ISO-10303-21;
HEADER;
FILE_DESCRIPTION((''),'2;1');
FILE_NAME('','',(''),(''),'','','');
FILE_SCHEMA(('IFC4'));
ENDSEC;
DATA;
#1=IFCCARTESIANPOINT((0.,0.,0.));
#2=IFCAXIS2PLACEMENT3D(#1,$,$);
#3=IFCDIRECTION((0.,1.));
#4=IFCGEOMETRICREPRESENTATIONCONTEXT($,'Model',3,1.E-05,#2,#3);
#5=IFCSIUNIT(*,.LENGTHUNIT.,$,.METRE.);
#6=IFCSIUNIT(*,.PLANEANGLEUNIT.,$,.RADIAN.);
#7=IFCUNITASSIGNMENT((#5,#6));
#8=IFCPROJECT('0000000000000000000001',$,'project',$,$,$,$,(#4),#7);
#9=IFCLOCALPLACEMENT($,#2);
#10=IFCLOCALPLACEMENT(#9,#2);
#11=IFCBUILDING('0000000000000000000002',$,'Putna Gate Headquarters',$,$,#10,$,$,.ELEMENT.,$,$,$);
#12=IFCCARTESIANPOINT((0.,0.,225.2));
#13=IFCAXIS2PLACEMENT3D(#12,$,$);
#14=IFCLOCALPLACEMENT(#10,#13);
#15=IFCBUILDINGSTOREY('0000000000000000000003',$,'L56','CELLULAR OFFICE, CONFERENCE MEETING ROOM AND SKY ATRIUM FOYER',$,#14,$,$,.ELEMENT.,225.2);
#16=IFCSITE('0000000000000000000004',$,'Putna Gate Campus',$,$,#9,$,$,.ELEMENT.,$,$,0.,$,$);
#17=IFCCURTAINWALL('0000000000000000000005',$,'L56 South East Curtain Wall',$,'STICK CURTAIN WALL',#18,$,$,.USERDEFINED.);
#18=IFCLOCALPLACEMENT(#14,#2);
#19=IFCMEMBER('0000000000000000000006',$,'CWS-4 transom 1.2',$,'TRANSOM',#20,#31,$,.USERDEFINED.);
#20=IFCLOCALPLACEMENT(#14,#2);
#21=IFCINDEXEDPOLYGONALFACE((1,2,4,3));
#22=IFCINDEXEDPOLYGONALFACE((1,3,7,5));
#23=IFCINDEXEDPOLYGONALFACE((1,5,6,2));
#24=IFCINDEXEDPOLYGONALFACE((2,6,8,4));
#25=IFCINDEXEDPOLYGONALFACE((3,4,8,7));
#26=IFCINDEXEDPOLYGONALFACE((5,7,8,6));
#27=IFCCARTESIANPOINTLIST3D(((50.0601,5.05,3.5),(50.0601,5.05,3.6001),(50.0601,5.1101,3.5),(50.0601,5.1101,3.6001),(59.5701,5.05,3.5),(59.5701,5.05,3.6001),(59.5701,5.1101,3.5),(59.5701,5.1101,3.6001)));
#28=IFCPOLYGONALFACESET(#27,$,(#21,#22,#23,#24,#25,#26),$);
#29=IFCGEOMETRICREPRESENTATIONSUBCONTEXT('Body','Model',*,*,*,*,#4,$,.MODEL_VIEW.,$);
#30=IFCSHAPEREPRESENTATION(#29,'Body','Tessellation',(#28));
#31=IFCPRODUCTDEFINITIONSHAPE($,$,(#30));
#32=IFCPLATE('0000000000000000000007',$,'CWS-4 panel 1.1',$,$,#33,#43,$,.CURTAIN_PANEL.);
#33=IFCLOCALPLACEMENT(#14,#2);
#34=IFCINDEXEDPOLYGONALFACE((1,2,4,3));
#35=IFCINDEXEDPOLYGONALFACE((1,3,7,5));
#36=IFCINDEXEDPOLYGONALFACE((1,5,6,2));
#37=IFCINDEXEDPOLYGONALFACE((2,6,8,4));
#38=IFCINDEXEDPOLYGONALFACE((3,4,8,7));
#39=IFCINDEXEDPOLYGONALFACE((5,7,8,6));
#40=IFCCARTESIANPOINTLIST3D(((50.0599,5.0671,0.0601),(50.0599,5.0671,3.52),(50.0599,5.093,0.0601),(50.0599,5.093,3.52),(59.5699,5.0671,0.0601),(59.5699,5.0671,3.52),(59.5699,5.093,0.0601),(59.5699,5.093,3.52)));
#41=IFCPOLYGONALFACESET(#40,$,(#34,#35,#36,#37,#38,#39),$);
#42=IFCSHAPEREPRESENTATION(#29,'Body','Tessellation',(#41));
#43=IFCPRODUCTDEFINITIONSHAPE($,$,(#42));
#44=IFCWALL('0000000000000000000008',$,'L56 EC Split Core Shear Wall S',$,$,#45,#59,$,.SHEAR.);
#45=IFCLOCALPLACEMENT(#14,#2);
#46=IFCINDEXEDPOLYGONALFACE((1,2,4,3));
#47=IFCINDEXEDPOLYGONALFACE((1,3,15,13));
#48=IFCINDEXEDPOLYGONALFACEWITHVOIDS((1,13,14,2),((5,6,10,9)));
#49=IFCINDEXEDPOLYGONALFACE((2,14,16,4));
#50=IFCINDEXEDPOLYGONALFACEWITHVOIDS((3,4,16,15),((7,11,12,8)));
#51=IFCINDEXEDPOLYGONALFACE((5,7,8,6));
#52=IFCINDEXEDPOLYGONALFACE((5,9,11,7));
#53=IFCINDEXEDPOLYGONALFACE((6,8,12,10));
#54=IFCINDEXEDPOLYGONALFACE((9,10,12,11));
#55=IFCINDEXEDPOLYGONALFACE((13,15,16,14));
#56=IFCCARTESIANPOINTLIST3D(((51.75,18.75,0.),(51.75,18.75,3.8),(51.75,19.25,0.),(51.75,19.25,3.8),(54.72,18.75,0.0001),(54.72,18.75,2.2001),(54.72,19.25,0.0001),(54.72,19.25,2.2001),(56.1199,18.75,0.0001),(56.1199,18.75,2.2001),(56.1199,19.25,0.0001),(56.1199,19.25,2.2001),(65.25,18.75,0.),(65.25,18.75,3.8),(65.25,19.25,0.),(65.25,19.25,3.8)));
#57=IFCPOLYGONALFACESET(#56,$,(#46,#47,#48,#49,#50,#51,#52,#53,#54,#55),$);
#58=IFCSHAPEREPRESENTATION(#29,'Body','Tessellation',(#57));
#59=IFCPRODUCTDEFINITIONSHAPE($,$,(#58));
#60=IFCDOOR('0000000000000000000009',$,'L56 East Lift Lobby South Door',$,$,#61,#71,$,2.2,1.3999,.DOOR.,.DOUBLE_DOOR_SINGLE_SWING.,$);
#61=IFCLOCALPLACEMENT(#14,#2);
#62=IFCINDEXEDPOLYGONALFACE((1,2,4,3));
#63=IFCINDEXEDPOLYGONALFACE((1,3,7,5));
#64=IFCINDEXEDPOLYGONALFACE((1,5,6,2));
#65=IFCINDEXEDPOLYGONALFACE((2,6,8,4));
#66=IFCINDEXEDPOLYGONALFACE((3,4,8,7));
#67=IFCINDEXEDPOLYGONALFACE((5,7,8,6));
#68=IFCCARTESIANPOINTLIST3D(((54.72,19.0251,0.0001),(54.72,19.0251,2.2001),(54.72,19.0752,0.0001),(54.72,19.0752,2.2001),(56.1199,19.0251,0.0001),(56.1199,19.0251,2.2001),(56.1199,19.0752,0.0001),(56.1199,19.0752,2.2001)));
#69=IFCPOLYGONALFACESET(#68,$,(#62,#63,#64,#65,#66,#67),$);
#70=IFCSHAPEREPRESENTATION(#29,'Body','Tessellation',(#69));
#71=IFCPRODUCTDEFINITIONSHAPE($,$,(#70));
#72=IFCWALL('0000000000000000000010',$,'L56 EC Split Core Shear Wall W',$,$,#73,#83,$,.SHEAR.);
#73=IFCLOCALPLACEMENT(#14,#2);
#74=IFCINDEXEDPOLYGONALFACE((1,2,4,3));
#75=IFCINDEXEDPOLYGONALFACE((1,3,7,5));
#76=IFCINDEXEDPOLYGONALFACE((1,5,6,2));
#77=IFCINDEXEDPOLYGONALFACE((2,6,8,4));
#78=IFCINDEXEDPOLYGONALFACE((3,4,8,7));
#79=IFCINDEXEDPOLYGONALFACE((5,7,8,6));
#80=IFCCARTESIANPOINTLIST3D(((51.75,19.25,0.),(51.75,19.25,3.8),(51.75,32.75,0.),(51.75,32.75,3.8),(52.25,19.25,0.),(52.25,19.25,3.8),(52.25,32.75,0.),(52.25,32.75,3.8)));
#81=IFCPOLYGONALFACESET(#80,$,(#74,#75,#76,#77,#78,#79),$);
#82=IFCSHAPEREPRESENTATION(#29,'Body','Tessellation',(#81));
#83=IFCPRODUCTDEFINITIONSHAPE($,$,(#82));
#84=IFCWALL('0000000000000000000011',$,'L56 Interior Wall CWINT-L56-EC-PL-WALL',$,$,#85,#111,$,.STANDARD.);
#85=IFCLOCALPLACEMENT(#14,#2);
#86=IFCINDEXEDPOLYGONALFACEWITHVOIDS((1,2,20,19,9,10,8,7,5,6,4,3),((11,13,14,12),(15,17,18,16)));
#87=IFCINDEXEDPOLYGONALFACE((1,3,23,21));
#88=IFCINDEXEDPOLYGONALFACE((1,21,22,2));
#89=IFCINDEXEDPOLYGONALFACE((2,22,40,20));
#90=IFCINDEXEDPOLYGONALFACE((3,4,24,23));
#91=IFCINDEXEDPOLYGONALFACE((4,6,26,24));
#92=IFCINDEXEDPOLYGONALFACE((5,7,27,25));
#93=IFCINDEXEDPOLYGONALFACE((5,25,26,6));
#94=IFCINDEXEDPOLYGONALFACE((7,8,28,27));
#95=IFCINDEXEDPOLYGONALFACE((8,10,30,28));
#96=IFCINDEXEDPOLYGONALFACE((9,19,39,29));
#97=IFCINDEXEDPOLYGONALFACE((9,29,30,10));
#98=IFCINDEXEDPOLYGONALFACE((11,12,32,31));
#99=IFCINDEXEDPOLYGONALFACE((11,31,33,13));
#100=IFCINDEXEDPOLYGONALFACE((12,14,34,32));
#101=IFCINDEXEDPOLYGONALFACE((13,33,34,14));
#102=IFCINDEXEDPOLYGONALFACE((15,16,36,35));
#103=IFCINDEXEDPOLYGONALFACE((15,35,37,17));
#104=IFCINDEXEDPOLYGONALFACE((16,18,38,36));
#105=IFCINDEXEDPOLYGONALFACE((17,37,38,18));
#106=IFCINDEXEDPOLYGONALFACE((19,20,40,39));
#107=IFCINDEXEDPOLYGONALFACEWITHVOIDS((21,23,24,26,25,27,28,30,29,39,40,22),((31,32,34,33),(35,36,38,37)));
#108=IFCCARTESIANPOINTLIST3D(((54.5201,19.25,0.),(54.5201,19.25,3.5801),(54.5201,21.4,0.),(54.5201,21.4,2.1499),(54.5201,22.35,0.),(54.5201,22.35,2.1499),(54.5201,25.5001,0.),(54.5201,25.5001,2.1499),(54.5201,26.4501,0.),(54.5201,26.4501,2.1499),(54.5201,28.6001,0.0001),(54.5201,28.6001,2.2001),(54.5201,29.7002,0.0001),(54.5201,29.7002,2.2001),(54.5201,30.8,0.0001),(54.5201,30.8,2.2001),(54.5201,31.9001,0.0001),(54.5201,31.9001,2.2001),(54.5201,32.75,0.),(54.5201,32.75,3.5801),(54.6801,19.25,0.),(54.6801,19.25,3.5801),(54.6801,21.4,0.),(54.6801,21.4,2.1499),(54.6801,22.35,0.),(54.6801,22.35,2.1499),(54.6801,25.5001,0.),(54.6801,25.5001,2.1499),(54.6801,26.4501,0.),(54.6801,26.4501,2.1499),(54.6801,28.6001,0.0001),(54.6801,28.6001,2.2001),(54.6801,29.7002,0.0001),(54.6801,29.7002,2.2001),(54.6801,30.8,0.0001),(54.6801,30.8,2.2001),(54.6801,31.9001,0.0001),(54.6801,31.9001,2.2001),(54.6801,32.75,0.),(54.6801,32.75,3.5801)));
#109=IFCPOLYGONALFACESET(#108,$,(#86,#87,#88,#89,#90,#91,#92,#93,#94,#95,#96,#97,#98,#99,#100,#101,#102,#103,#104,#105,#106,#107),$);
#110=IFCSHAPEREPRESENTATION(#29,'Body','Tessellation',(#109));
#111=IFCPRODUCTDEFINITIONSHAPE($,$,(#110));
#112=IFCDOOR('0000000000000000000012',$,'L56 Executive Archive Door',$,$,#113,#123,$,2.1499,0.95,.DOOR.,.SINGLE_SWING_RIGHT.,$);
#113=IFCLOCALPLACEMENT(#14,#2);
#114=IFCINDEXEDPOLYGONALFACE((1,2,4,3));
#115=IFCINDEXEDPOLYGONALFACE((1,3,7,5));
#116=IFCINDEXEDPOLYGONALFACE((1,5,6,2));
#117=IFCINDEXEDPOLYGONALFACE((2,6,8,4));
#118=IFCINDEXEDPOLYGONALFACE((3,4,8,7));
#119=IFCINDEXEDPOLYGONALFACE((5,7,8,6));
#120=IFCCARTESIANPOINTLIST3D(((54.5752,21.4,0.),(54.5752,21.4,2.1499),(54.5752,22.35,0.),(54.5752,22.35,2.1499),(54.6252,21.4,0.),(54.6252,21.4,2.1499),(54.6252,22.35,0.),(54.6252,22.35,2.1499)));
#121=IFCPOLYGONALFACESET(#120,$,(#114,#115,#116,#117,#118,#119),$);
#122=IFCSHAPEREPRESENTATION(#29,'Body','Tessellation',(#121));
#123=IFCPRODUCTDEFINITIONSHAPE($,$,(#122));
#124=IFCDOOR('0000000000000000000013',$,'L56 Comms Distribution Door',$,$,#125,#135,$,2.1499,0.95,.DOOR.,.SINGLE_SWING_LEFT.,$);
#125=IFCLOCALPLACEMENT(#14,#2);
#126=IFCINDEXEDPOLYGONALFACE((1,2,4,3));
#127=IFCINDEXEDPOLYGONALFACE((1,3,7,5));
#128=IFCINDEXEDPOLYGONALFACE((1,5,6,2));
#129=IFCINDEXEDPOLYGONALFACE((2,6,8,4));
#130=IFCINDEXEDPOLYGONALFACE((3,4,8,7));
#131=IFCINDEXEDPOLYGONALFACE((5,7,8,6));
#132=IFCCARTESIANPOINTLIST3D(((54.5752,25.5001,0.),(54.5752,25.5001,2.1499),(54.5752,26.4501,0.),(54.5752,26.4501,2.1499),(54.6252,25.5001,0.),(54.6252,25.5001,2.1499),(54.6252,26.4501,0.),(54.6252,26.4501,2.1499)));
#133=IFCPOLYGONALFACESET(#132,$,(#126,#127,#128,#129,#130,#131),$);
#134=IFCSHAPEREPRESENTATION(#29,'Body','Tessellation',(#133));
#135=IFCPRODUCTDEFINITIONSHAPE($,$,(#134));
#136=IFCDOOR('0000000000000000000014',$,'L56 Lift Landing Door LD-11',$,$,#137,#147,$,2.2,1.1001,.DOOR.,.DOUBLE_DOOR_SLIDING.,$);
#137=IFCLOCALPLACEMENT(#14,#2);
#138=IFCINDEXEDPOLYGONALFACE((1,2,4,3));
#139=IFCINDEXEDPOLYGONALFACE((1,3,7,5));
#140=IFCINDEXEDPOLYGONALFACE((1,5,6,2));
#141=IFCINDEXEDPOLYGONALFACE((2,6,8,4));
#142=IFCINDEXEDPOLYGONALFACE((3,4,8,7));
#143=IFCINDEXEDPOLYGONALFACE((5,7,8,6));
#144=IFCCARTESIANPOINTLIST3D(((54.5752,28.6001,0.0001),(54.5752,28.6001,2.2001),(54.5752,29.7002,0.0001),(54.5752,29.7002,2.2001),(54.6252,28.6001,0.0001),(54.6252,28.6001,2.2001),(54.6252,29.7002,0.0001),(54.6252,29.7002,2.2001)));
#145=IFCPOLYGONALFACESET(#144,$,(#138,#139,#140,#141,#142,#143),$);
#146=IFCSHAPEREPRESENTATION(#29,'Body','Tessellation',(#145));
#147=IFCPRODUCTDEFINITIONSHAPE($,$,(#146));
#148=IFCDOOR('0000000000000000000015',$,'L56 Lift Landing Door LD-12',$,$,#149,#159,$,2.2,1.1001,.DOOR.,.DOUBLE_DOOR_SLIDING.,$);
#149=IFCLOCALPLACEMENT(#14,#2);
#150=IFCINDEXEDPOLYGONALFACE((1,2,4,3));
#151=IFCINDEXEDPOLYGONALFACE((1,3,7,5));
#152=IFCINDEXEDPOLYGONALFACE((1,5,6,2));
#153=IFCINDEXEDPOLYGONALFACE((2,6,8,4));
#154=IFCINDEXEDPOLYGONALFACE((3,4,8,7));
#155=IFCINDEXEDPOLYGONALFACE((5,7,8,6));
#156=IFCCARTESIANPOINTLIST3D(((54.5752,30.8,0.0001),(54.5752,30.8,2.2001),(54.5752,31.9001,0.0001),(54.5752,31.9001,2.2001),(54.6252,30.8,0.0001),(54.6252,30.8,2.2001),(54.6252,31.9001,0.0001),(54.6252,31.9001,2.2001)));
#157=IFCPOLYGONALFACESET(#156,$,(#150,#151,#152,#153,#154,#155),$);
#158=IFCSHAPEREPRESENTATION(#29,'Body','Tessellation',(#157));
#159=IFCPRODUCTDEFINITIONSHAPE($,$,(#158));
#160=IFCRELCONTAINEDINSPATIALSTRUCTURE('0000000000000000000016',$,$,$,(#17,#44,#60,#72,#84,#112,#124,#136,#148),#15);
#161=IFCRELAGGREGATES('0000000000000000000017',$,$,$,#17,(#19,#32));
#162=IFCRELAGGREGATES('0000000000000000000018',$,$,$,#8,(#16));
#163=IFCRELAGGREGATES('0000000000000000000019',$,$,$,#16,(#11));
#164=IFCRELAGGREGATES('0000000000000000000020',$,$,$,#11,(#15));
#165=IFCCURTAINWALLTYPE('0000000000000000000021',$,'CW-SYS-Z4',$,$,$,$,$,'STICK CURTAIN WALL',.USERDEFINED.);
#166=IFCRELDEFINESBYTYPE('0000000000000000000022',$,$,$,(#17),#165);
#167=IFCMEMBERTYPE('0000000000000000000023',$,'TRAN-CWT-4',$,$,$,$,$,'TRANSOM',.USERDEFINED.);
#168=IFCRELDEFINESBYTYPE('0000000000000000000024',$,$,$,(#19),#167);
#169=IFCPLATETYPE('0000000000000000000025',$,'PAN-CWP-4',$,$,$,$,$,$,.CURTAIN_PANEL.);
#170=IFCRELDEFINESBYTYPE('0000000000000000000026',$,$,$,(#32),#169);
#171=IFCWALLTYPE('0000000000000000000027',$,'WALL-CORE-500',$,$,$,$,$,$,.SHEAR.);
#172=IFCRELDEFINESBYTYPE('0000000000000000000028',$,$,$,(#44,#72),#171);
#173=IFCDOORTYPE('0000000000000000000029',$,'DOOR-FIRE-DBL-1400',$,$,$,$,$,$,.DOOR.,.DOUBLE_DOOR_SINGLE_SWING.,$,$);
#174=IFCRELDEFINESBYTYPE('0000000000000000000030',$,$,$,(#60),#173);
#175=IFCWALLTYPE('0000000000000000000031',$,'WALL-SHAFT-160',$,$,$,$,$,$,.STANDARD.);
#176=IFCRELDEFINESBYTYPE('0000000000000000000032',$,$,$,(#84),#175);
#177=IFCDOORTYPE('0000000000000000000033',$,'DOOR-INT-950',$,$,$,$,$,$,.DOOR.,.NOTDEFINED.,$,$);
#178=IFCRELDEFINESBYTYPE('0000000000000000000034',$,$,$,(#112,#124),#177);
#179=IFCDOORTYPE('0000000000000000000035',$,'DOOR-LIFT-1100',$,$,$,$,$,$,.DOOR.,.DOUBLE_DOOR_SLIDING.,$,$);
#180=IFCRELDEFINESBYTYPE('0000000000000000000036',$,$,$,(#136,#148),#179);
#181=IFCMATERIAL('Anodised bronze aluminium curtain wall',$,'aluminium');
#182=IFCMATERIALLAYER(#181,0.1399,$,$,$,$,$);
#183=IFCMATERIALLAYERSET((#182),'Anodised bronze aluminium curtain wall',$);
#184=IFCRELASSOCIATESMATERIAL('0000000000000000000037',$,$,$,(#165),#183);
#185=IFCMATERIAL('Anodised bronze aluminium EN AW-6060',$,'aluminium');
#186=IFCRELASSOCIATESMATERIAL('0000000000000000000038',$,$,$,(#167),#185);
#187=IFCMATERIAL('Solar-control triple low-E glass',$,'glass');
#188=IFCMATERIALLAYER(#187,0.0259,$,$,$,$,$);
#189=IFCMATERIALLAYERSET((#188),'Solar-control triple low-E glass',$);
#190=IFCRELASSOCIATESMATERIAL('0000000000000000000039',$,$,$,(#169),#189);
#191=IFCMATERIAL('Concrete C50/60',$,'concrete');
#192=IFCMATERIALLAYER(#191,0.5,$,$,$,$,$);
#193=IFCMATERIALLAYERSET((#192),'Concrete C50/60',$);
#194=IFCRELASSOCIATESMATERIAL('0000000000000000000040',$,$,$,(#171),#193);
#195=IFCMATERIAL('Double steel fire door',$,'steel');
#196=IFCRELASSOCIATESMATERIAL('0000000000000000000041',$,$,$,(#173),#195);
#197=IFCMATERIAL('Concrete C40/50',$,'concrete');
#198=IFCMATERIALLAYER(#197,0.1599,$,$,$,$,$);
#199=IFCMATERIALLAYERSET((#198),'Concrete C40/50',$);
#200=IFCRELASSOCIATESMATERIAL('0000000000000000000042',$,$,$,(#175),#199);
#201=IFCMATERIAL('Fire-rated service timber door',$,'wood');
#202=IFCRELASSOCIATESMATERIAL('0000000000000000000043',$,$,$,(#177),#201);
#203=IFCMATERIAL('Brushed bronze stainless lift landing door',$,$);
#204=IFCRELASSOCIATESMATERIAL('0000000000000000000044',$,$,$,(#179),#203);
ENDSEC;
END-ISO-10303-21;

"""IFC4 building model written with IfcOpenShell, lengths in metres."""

from ifc_helpers import new_model, si_unit, direction, frame, frame_2d, origin, origin_2d, place, context, subcontext, project, spatial, rectangle, extrude, material, layer, layer_set, material_profile, profile_set, type_object, element, fill, aggregate, save


model = new_model("IFC4")

# Units and contexts
model_context = context("Model", 3, precision=1e-05, world=origin(), true_north=direction((0.0, 1.0)))
body_context = subcontext(model_context, "Body", "Model", "MODEL_VIEW")
ifc_project = project(units=[si_unit("LENGTHUNIT", "METRE"), si_unit("PLANEANGLEUNIT", "RADIAN")], contexts=[model_context])

# Site, building, storey
site_placement = place(None, origin())
site = spatial("IfcSite", under=ifc_project, at=site_placement, Name="Putna Gate Campus", CompositionType="ELEMENT", RefElevation=0.0)
building_placement = place(site_placement, origin())
building = spatial("IfcBuilding", under=site, at=building_placement, Name="Putna Gate Headquarters", CompositionType="ELEMENT")
storey_placement = place(building_placement, frame((0.0, 0.0, 225.2)))
storey = spatial("IfcBuildingStorey", under=building, at=storey_placement, Name="L56", Description="CELLULAR OFFICE, CONFERENCE MEETING ROOM AND SKY ATRIUM FOYER", CompositionType="ELEMENT", Elevation=225.2)

# Curtain wall
ifc_material_1 = material(Name="Anodised bronze aluminium curtain wall", Category="aluminium")
ifc_layer_1 = layer(ifc_material_1, 0.1399)
ifc_layer_set_1 = layer_set([ifc_layer_1], Name="Anodised bronze aluminium curtain wall")
curtain_wall_type_1 = type_object("IfcCurtainWallType", Name="CW-SYS-Z4", ElementType="STICK CURTAIN WALL", PredefinedType="USERDEFINED", material=ifc_layer_set_1)
curtain_wall_1_placement = place(storey_placement, origin())
curtain_wall_1 = element("IfcCurtainWall", 1, at=curtain_wall_1_placement, inside=storey, type_object=curtain_wall_type_1, Name="L56 South East Curtain Wall", ObjectType="STICK CURTAIN WALL", PredefinedType="USERDEFINED")
ifc_material_2 = material(Name="Anodised bronze aluminium EN AW-6060", Category="aluminium")

# Member
ifc_material_profile_1 = material_profile(ifc_material_2, rectangle(XDim=0.0601, YDim=0.1001, at=origin_2d()), Name="Anodised bronze aluminium EN AW-6060")
ifc_profile_set_1 = profile_set([ifc_material_profile_1], Name="Anodised bronze aluminium EN AW-6060")
member_type_1 = type_object("IfcMemberType", Name="TRAN-CWT-4", ElementType="TRANSOM", PredefinedType="USERDEFINED", material=ifc_profile_set_1)
member_1_placement = place(storey_placement, frame((50.0601, 5.0801, 3.55), z_axis=(1.0, 0.0, 0.0), x_axis=(0.0, 1.0, 0.0)))
member_1 = element("IfcMember", 2, at=member_1_placement, type_object=member_type_1, Name="CWS-4 transom 1.2", ObjectType="TRANSOM", PredefinedType="USERDEFINED", context=body_context, shape_type="SweptSolid", body=[
    extrude(rectangle(XDim=0.0601, YDim=0.1001, at=origin_2d()), origin(), (0.0, 0.0, 1.0), 9.51),
])

# Plate
ifc_material_3 = material(Name="Solar-control triple low-E glass", Category="glass")
ifc_layer_2 = layer(ifc_material_3, 0.0259)
ifc_layer_set_2 = layer_set([ifc_layer_2], Name="Solar-control triple low-E glass")
plate_type = type_object("IfcPlateType", Name="PAN-CWP-4", PredefinedType="CURTAIN_PANEL", material=ifc_layer_set_2)
plate_placement = place(storey_placement, frame((54.8149, 5.0801, 0.0601), z_axis=(0.0, 0.0, 1.0), x_axis=(1.0, 0.0, 0.0)))
plate = element("IfcPlate", 3, at=plate_placement, type_object=plate_type, Name="CWS-4 panel 1.1", PredefinedType="CURTAIN_PANEL", context=body_context, shape_type="SweptSolid", body=[
    extrude(rectangle(XDim=9.51, YDim=0.0259, at=origin_2d()), origin(), (0.0, 0.0, 1.0), 3.46),
])
aggregate(curtain_wall_1, [member_1, plate])

# Wall, opening, door
ifc_material_4 = material(Name="Concrete C50/60", Category="concrete")
ifc_layer_3 = layer(ifc_material_4, 0.5)
ifc_layer_set_3 = layer_set([ifc_layer_3], Name="Concrete C50/60")
wall_type_1 = type_object("IfcWallType", Name="WALL-CORE-500", PredefinedType="SHEAR", material=ifc_layer_set_3)
wall_1_placement = place(storey_placement, frame((51.75, 19.0, 0.0), z_axis=(0.0, 0.0, 1.0), x_axis=(1.0, 0.0, 0.0)))
wall_1 = element("IfcWall", 4, at=wall_1_placement, inside=storey, type_object=wall_type_1, Name="L56 EC Split Core Shear Wall S", PredefinedType="SHEAR", context=body_context, shape_type="SweptSolid", body=[
    extrude(rectangle(XDim=13.5, YDim=0.5, at=frame_2d((6.75, 0.0))), origin(), (0.0, 0.0, 1.0), 3.8),
])
opening_1_placement = place(wall_1_placement, frame((2.97, 0.0, 0.0)))
opening_1 = element("IfcOpeningElement", 5, at=opening_1_placement, cuts=wall_1, PredefinedType="OPENING", context=body_context, shape_type="SweptSolid", body=[
    extrude(rectangle(XDim=1.3999, YDim=2.2, at=frame_2d((0.7, 1.1001))), frame((0.0, 0.26, 0.0), z_axis=(0.0, -1.0, 0.0), x_axis=(1.0, 0.0, 0.0)), (0.0, 0.0, 1.0), 0.52),
])
ifc_material_5 = material(Name="Double steel fire door", Category="steel")
door_type_1 = type_object("IfcDoorType", Name="DOOR-FIRE-DBL-1400", OperationType="DOUBLE_DOOR_SINGLE_SWING", PredefinedType="DOOR", material=ifc_material_5)
door_1_placement = place(opening_1_placement, origin())
door_1 = element("IfcDoor", 6, at=door_1_placement, inside=storey, type_object=door_type_1, Name="L56 East Lift Lobby South Door", OperationType="DOUBLE_DOOR_SINGLE_SWING", OverallHeight=2.2, OverallWidth=1.3999, PredefinedType="DOOR", context=body_context, shape_type="SweptSolid", body=[
    extrude(rectangle(XDim=1.3999, YDim=2.2, at=frame_2d((0.7, 1.1001))), frame((0.0, 0.0752, 0.0), z_axis=(0.0, -1.0, 0.0), x_axis=(1.0, 0.0, 0.0)), (0.0, 0.0, 1.0), 0.05),
])
fill(opening_1, door_1)

# Wall
wall_2_placement = place(storey_placement, frame((52.0, 19.25, 0.0), z_axis=(0.0, 0.0, 1.0), x_axis=(0.0, 1.0, 0.0)))
element("IfcWall", 7, at=wall_2_placement, inside=storey, type_object=wall_type_1, Name="L56 EC Split Core Shear Wall W", PredefinedType="SHEAR", context=body_context, shape_type="SweptSolid", body=[
    extrude(rectangle(XDim=13.5, YDim=0.5, at=frame_2d((6.75, 0.0))), origin(), (0.0, 0.0, 1.0), 3.8),
])

# Wall, openings, doors
ifc_material_6 = material(Name="Concrete C40/50", Category="concrete")
ifc_layer_4 = layer(ifc_material_6, 0.1599)
ifc_layer_set_4 = layer_set([ifc_layer_4], Name="Concrete C40/50")
wall_type_2 = type_object("IfcWallType", Name="WALL-SHAFT-160", PredefinedType="STANDARD", material=ifc_layer_set_4)
wall_3_placement = place(storey_placement, frame((54.6001, 19.25, 0.0), z_axis=(0.0, 0.0, 1.0), x_axis=(0.0, 1.0, 0.0)))
wall_3 = element("IfcWall", 8, at=wall_3_placement, inside=storey, type_object=wall_type_2, Name="L56 Interior Wall CWINT-L56-EC-PL-WALL", PredefinedType="STANDARD", context=body_context, shape_type="SweptSolid", body=[
    extrude(rectangle(XDim=13.5, YDim=0.1599, at=frame_2d((6.75, 0.0))), origin(), (0.0, 0.0, 1.0), 3.5801),
])
opening_2_placement = place(wall_3_placement, frame((2.1499, 0.0, 0.0)))
opening_2 = element("IfcOpeningElement", 9, at=opening_2_placement, cuts=wall_3, PredefinedType="OPENING", context=body_context, shape_type="SweptSolid", body=[
    extrude(rectangle(XDim=0.95, YDim=2.1499, at=frame_2d((0.4751, 1.075))), frame((0.0, 0.0898, 0.0), z_axis=(0.0, -1.0, 0.0), x_axis=(1.0, 0.0, 0.0)), (0.0, 0.0, 1.0), 0.1799),
])
opening_3_placement = place(wall_3_placement, frame((6.25, 0.0, 0.0)))
opening_3 = element("IfcOpeningElement", 10, at=opening_3_placement, cuts=wall_3, PredefinedType="OPENING", context=body_context, shape_type="SweptSolid", body=[
    extrude(rectangle(XDim=0.95, YDim=2.1499, at=frame_2d((0.4751, 1.075))), frame((0.0, 0.0898, 0.0), z_axis=(0.0, -1.0, 0.0), x_axis=(1.0, 0.0, 0.0)), (0.0, 0.0, 1.0), 0.1799),
])
opening_4_placement = place(wall_3_placement, frame((9.3501, 0.0, 0.0)))
opening_4 = element("IfcOpeningElement", 11, at=opening_4_placement, cuts=wall_3, PredefinedType="OPENING", context=body_context, shape_type="SweptSolid", body=[
    extrude(rectangle(XDim=1.1001, YDim=2.2, at=frame_2d((0.55, 1.1001))), frame((0.0, 0.0898, 0.0), z_axis=(0.0, -1.0, 0.0), x_axis=(1.0, 0.0, 0.0)), (0.0, 0.0, 1.0), 0.1799),
])
opening_5_placement = place(wall_3_placement, frame((11.55, 0.0, 0.0)))
opening_5 = element("IfcOpeningElement", 12, at=opening_5_placement, cuts=wall_3, PredefinedType="OPENING", context=body_context, shape_type="SweptSolid", body=[
    extrude(rectangle(XDim=1.1001, YDim=2.2, at=frame_2d((0.55, 1.1001))), frame((0.0, 0.0898, 0.0), z_axis=(0.0, -1.0, 0.0), x_axis=(1.0, 0.0, 0.0)), (0.0, 0.0, 1.0), 0.1799),
])
ifc_material_7 = material(Name="Fire-rated service timber door", Category="wood")
door_type_2 = type_object("IfcDoorType", Name="DOOR-INT-950", OperationType="NOTDEFINED", PredefinedType="DOOR", material=ifc_material_7)
door_2_placement = place(opening_2_placement, origin())
door_2 = element("IfcDoor", 13, at=door_2_placement, inside=storey, type_object=door_type_2, Name="L56 Executive Archive Door", OperationType="SINGLE_SWING_RIGHT", OverallHeight=2.1499, OverallWidth=0.95, PredefinedType="DOOR", context=body_context, shape_type="SweptSolid", body=[
    extrude(rectangle(XDim=0.95, YDim=2.1499, at=frame_2d((0.4751, 1.075))), frame((0.0, 0.0249, 0.0), z_axis=(0.0, -1.0, 0.0), x_axis=(1.0, 0.0, 0.0)), (0.0, 0.0, 1.0), 0.05),
])
fill(opening_2, door_2)
door_3_placement = place(opening_3_placement, origin())
door_3 = element("IfcDoor", 14, at=door_3_placement, inside=storey, type_object=door_type_2, Name="L56 Comms Distribution Door", OperationType="SINGLE_SWING_LEFT", OverallHeight=2.1499, OverallWidth=0.95, PredefinedType="DOOR", context=body_context, shape_type="SweptSolid", body=[
    extrude(rectangle(XDim=0.95, YDim=2.1499, at=frame_2d((0.4751, 1.075))), frame((0.0, 0.0249, 0.0), z_axis=(0.0, -1.0, 0.0), x_axis=(1.0, 0.0, 0.0)), (0.0, 0.0, 1.0), 0.05),
])
fill(opening_3, door_3)
ifc_material_8 = material(Name="Brushed bronze stainless lift landing door")
door_type_3 = type_object("IfcDoorType", Name="DOOR-LIFT-1100", OperationType="DOUBLE_DOOR_SLIDING", PredefinedType="DOOR", material=ifc_material_8)
door_4_placement = place(opening_4_placement, origin())
door_4 = element("IfcDoor", 15, at=door_4_placement, inside=storey, type_object=door_type_3, Name="L56 Lift Landing Door LD-11", OperationType="DOUBLE_DOOR_SLIDING", OverallHeight=2.2, OverallWidth=1.1001, PredefinedType="DOOR", context=body_context, shape_type="SweptSolid", body=[
    extrude(rectangle(XDim=1.1001, YDim=2.2, at=frame_2d((0.55, 1.1001))), frame((0.0, 0.0249, 0.0), z_axis=(0.0, -1.0, 0.0), x_axis=(1.0, 0.0, 0.0)), (0.0, 0.0, 1.0), 0.05),
])
fill(opening_4, door_4)
door_5_placement = place(opening_5_placement, origin())
door_5 = element("IfcDoor", 16, at=door_5_placement, inside=storey, type_object=door_type_3, Name="L56 Lift Landing Door LD-12", OperationType="DOUBLE_DOOR_SLIDING", OverallHeight=2.2, OverallWidth=1.1001, PredefinedType="DOOR", context=body_context, shape_type="SweptSolid", body=[
    extrude(rectangle(XDim=1.1001, YDim=2.2, at=frame_2d((0.55, 1.1001))), frame((0.0, 0.0249, 0.0), z_axis=(0.0, -1.0, 0.0), x_axis=(1.0, 0.0, 0.0)), (0.0, 0.0, 1.0), 0.05),
])
fill(opening_5, door_5)

save(model, "model.ifc")
